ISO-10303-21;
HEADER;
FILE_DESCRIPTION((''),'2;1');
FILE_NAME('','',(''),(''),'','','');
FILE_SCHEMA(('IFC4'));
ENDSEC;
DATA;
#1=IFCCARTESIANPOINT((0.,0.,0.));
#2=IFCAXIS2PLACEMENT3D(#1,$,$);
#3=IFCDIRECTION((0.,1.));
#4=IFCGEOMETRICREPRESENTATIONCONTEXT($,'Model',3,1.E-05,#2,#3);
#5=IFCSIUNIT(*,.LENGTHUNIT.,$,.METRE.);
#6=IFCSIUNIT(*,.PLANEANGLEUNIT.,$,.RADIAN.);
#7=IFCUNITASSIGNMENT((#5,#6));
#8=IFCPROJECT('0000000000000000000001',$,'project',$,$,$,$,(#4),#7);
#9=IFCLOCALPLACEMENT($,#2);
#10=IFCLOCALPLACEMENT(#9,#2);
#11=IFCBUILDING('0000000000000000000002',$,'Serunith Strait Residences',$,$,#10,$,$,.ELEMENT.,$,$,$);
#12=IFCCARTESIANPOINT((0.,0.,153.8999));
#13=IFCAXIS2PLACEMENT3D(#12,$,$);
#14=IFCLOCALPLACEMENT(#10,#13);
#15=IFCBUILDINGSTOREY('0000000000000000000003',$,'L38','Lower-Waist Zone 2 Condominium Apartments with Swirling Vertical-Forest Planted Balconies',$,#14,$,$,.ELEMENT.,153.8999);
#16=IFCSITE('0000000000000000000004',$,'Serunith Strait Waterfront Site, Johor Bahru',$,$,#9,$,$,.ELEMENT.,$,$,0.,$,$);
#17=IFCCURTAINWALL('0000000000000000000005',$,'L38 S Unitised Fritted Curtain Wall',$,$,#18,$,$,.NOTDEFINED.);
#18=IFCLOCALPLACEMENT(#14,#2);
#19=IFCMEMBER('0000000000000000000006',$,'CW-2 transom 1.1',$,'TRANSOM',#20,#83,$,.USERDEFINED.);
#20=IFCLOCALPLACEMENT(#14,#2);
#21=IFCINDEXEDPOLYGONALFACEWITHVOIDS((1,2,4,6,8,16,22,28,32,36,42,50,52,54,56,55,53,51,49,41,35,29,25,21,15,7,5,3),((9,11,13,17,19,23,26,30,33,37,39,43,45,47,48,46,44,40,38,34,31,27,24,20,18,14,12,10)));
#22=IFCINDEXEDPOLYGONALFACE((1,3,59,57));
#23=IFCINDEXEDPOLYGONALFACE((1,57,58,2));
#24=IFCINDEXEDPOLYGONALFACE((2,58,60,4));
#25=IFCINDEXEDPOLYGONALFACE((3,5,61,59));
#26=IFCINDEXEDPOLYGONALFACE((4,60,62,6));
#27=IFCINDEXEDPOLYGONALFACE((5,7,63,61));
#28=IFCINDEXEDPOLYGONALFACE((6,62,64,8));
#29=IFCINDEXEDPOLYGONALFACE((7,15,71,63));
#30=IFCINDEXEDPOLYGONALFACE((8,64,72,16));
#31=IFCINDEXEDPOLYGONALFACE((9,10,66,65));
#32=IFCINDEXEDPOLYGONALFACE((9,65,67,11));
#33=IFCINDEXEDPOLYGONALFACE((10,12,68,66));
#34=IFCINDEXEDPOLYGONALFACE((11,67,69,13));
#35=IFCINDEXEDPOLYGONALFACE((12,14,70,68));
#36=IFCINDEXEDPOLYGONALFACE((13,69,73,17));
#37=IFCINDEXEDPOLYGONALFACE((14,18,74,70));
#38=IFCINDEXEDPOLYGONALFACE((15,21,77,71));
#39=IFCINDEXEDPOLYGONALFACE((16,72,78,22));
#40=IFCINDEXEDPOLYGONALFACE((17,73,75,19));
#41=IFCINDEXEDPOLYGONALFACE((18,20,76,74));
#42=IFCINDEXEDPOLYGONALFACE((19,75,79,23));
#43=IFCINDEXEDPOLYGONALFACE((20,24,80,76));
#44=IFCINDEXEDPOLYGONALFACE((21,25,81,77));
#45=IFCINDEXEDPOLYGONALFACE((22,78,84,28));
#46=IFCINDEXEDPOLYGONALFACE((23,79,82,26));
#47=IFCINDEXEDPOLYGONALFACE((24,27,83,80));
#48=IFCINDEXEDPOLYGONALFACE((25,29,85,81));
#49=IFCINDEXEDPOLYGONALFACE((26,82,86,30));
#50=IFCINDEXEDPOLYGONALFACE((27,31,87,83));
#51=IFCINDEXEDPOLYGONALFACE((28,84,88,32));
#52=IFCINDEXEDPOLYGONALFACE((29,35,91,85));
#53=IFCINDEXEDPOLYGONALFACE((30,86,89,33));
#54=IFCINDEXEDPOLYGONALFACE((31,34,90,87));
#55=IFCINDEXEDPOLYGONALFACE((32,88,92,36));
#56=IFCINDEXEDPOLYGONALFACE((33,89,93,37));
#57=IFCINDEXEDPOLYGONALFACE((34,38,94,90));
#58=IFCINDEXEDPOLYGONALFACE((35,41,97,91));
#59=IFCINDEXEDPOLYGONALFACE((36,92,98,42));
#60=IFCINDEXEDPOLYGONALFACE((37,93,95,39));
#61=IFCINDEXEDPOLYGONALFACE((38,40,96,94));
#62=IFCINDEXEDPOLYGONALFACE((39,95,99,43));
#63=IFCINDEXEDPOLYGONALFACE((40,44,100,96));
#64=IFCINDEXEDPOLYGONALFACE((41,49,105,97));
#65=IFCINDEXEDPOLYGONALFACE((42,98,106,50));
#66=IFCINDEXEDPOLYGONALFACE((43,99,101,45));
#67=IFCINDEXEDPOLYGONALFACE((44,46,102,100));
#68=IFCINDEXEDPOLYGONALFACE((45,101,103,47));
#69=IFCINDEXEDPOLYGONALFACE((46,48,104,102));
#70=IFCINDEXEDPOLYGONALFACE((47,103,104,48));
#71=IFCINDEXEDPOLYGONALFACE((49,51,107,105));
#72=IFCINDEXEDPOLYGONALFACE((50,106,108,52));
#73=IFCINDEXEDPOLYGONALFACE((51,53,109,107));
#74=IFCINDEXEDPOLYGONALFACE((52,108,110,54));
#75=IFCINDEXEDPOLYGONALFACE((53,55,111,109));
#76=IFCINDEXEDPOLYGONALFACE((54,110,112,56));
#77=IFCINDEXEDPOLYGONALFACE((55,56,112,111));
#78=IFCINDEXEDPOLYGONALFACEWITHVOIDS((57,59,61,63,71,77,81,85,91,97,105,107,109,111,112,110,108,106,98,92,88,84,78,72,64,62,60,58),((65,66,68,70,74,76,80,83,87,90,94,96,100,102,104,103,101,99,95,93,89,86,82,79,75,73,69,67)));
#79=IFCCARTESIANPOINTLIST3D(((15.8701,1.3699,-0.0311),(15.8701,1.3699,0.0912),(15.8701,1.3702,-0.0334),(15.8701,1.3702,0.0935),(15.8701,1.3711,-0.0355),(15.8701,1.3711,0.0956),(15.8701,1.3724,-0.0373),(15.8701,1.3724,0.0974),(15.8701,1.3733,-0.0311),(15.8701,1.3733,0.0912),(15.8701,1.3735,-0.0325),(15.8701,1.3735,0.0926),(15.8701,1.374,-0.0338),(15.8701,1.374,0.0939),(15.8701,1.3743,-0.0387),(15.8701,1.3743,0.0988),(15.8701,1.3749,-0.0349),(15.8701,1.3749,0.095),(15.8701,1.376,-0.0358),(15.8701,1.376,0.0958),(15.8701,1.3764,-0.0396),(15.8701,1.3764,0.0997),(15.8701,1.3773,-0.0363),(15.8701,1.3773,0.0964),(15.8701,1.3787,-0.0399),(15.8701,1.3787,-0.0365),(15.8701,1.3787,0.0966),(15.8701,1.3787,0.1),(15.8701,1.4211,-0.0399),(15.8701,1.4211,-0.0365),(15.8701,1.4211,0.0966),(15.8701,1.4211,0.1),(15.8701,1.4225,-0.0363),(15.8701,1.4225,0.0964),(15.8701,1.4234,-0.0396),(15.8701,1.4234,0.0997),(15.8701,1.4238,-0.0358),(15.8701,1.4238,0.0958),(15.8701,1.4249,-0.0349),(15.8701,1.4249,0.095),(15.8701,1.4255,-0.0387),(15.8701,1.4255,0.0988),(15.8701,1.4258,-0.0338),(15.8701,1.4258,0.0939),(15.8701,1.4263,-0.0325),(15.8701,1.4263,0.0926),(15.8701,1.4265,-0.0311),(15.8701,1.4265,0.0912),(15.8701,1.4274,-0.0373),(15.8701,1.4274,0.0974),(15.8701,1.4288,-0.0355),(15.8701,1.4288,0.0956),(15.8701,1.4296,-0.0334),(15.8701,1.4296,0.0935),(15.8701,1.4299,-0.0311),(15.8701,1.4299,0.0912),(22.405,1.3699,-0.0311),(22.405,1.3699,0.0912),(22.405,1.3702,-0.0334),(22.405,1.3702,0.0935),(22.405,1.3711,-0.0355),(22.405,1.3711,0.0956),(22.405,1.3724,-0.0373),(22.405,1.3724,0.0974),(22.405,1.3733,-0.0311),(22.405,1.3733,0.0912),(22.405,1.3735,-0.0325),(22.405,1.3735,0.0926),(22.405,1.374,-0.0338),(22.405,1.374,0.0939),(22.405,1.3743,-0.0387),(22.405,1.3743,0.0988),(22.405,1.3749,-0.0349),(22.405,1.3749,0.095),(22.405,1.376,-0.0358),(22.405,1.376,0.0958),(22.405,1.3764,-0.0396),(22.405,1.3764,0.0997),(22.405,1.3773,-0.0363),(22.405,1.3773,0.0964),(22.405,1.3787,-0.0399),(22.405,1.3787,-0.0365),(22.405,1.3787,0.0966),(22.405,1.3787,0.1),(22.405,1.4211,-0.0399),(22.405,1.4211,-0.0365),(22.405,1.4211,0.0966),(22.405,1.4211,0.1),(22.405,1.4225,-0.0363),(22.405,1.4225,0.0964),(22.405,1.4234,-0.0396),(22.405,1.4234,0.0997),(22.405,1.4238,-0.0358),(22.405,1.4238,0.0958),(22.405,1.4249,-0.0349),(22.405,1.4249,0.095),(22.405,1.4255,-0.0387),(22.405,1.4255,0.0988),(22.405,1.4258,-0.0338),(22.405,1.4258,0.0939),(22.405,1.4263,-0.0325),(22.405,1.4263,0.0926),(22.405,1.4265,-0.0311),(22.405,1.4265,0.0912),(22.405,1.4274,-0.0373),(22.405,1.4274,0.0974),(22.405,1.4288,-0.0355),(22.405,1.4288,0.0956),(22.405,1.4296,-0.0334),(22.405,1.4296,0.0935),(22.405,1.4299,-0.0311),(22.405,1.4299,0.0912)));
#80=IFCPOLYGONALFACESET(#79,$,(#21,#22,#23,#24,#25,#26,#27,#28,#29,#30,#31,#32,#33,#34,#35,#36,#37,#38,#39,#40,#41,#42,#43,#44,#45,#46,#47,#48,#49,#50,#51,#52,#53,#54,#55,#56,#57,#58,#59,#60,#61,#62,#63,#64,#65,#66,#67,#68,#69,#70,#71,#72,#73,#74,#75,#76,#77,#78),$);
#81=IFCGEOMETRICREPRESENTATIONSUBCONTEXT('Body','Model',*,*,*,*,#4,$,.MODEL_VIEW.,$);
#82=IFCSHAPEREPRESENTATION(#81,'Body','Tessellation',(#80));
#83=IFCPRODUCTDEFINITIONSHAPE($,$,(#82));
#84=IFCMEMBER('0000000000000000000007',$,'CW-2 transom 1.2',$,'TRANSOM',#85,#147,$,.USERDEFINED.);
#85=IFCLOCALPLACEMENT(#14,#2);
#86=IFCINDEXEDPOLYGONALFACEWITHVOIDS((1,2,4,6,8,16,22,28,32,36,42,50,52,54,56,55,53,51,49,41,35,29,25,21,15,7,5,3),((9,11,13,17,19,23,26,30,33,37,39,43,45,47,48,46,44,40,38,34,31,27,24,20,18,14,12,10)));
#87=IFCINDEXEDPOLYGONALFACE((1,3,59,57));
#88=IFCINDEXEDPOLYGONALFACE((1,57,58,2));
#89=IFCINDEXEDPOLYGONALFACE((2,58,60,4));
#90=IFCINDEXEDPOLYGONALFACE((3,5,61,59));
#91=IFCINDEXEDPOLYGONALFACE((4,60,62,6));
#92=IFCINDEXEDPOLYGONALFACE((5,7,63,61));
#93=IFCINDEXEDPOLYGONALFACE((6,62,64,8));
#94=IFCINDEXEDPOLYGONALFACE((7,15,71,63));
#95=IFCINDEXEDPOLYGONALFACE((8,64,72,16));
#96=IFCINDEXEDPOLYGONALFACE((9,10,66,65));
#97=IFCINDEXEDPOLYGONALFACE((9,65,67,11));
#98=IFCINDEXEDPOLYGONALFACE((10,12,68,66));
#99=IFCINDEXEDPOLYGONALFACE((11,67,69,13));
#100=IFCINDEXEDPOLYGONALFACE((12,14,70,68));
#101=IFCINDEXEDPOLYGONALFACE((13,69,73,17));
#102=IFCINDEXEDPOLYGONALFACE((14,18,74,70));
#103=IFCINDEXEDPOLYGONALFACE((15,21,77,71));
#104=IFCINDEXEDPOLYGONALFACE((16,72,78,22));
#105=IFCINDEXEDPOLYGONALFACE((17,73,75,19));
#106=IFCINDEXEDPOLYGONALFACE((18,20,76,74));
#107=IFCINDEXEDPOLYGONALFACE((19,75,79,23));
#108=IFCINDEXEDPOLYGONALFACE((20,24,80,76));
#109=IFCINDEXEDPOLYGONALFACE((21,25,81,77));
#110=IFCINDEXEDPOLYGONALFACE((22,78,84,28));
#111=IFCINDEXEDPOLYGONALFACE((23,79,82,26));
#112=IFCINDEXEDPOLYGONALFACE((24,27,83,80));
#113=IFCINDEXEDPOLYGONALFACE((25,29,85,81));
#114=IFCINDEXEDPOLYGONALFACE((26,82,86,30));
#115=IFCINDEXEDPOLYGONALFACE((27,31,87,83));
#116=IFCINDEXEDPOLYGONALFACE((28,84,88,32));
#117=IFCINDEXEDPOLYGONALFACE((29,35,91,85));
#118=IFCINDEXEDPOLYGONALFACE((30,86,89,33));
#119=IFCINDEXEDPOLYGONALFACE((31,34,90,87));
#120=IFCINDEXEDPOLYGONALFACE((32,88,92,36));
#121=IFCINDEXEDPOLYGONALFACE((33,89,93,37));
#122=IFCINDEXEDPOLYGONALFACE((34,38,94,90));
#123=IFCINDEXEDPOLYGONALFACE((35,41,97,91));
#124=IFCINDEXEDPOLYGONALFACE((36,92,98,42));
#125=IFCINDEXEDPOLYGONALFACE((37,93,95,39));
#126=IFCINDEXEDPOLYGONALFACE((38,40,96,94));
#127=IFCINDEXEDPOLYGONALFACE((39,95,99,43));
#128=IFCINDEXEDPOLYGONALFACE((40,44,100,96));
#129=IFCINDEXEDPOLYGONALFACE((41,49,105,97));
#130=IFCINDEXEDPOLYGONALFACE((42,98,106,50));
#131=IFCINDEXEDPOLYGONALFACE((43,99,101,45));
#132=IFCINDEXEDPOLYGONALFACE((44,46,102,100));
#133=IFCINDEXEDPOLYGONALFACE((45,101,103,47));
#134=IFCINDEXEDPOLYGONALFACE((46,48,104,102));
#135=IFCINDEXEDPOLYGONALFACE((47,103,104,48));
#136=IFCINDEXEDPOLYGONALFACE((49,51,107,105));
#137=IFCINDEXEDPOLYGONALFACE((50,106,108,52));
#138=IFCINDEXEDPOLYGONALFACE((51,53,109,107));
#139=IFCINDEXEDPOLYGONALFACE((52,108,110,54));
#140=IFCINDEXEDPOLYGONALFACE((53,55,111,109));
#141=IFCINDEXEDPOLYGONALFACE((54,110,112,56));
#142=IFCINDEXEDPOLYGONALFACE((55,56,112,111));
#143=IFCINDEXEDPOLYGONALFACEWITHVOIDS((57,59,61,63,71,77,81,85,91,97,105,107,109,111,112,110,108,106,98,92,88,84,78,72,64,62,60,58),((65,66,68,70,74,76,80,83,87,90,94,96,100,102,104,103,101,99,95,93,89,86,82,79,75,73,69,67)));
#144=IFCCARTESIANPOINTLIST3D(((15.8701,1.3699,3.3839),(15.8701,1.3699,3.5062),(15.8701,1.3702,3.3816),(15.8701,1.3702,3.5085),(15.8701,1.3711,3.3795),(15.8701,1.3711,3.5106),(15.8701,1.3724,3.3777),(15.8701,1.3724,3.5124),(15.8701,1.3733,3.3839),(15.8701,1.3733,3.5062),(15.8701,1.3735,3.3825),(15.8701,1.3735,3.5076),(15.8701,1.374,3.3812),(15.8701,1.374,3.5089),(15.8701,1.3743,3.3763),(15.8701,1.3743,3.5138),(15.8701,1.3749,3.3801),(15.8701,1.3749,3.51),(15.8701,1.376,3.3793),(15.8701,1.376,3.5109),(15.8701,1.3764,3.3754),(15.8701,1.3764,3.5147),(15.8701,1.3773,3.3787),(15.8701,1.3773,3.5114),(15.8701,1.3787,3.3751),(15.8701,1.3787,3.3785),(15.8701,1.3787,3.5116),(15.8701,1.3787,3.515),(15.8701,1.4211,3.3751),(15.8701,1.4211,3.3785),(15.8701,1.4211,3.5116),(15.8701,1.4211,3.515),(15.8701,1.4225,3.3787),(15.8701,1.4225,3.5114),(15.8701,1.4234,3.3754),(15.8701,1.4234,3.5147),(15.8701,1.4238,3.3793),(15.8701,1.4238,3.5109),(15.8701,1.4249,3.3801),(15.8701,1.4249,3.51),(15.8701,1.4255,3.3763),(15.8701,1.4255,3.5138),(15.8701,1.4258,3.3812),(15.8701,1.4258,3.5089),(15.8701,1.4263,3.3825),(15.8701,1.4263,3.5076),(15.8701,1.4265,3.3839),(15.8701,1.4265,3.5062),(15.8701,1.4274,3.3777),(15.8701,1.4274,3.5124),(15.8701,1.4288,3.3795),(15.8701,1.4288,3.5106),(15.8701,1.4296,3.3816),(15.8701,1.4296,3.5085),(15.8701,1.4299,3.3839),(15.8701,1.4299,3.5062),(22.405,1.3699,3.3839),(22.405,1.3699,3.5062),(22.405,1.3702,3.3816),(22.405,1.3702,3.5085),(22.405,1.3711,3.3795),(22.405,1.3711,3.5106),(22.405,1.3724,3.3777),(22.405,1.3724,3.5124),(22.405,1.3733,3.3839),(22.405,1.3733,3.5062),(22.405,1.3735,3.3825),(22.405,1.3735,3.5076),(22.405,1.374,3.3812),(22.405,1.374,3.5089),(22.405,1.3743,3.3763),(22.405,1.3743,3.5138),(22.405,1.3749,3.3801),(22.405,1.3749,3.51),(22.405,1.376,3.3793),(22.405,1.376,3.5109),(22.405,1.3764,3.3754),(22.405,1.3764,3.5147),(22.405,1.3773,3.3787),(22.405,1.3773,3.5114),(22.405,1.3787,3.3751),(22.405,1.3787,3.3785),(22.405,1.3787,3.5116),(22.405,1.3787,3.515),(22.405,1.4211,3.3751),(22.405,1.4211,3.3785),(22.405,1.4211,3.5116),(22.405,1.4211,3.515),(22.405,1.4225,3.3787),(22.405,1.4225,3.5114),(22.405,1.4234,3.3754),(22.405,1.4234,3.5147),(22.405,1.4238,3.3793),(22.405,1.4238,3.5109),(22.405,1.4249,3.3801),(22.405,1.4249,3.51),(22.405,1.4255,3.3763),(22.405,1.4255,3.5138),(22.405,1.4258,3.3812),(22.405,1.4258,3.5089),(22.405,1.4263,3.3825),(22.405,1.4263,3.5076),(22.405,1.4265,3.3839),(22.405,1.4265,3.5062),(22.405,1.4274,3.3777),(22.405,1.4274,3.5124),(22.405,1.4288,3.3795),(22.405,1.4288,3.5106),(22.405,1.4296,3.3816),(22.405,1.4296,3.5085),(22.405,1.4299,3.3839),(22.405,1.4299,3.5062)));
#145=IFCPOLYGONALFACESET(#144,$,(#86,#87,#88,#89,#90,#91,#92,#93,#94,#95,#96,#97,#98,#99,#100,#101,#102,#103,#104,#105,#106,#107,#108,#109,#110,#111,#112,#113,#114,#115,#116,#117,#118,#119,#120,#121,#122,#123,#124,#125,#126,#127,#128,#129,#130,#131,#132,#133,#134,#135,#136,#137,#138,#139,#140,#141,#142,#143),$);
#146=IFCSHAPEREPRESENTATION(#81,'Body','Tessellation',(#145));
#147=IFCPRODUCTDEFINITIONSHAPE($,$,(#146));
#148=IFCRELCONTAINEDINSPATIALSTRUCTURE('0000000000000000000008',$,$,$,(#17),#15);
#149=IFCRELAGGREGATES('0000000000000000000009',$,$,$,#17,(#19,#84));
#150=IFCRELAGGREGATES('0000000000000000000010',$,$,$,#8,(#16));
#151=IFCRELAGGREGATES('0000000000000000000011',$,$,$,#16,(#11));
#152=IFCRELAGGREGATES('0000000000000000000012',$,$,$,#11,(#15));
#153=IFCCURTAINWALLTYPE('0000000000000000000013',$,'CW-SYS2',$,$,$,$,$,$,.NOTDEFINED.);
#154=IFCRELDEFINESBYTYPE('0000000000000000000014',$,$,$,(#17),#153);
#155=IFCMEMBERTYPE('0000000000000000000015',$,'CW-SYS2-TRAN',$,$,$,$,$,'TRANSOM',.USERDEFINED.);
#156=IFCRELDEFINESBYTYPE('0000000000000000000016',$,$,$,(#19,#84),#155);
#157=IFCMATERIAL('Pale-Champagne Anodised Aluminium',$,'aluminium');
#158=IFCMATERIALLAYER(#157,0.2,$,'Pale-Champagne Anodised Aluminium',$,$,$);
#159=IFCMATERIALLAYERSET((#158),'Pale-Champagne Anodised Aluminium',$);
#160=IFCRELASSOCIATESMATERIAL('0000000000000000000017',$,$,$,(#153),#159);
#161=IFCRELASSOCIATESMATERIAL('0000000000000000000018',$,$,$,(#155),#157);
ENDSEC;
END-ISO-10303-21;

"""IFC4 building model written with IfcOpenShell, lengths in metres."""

from ifc_helpers import new_model, si_unit, direction, frame, origin, origin_2d, place, context, subcontext, project, spatial, hollow_rectangle, extrude, source, transform, mapped, material, layer, layer_set, material_profile, profile_set, type_object, element, aggregate, save


model = new_model("IFC4")

# Units and contexts
model_context = context("Model", 3, precision=1e-05, world=origin(), true_north=direction((0.0, 1.0)))
body_context = subcontext(model_context, "Body", "Model", "MODEL_VIEW")
ifc_project = project(units=[si_unit("LENGTHUNIT", "METRE"), si_unit("PLANEANGLEUNIT", "RADIAN")], contexts=[model_context])

# Site, building, storey
site_placement = place(None, origin())
site = spatial("IfcSite", under=ifc_project, at=site_placement, Name="Serunith Strait Waterfront Site, Johor Bahru", CompositionType="ELEMENT", RefElevation=0.0)
building_placement = place(site_placement, origin())
building = spatial("IfcBuilding", under=site, at=building_placement, Name="Serunith Strait Residences", CompositionType="ELEMENT")
storey_placement = place(building_placement, frame((0.0, 0.0, 153.8999)))
storey = spatial("IfcBuildingStorey", under=building, at=storey_placement, Name="L38", Description="Lower-Waist Zone 2 Condominium Apartments with Swirling Vertical-Forest Planted Balconies", CompositionType="ELEMENT", Elevation=153.8999)

# Curtain wall
ifc_material_1 = material(Name="Pale-Champagne Anodised Aluminium", Category="aluminium")
ifc_layer_1 = layer(ifc_material_1, 0.2, Name="Pale-Champagne Anodised Aluminium")
ifc_layer_set_1 = layer_set([ifc_layer_1], Name="Pale-Champagne Anodised Aluminium")
curtain_wall_type = type_object("IfcCurtainWallType", Name="CW-SYS2", PredefinedType="NOTDEFINED", material=ifc_layer_set_1)
curtain_wall_1_placement = place(storey_placement, origin())
curtain_wall_1 = element("IfcCurtainWall", 1, at=curtain_wall_1_placement, inside=storey, type_object=curtain_wall_type, Name="L38 S Unitised Fritted Curtain Wall", PredefinedType="NOTDEFINED")

# Members
ifc_material_profile_1 = material_profile(ifc_material_1, hollow_rectangle(XDim=0.0601, YDim=0.1399, WallThickness=0.0034, InnerFilletRadius=0.0054, OuterFilletRadius=0.0088, at=origin_2d()), Name="ALU 140x60x3.5")
ifc_profile_set_1 = profile_set([ifc_material_profile_1], Name="Pale-Champagne Anodised Aluminium")
member_type_1 = type_object("IfcMemberType", Name="CW-SYS2-TRAN", ElementType="TRANSOM", PredefinedType="USERDEFINED", material=ifc_profile_set_1)
shared_shape_1 = source(origin(), body_context, "Body", "SweptSolid", [
    extrude(hollow_rectangle(XDim=0.0601, YDim=0.1399, WallThickness=0.0034, InnerFilletRadius=0.0054, OuterFilletRadius=0.0088, at=origin_2d()), origin(), (0.0, 0.0, 1.0), 6.5349),
])
member_1_placement = place(storey_placement, frame((15.8701, 1.3999, 0.03), z_axis=(1.0, 0.0, 0.0), x_axis=(0.0, 1.0, 0.0)))
member_1 = element("IfcMember", 2, at=member_1_placement, type_object=member_type_1, Name="CW-2 transom 1.1", ObjectType="TRANSOM", PredefinedType="USERDEFINED", context=body_context, shape_type="MappedRepresentation", body=[
    mapped(shared_shape_1, transform((0.0, 0.0, 0.0), scale=1.0)),
])
member_2_placement = place(storey_placement, frame((15.8701, 1.3999, 3.4451), z_axis=(1.0, 0.0, 0.0), x_axis=(0.0, 1.0, 0.0)))
member_2 = element("IfcMember", 3, at=member_2_placement, type_object=member_type_1, Name="CW-2 transom 1.2", ObjectType="TRANSOM", PredefinedType="USERDEFINED", context=body_context, shape_type="MappedRepresentation", body=[
    mapped(shared_shape_1, transform((0.0, 0.0, 0.0), scale=1.0)),
])
aggregate(curtain_wall_1, [member_1, member_2])

save(model, "model.ifc")
